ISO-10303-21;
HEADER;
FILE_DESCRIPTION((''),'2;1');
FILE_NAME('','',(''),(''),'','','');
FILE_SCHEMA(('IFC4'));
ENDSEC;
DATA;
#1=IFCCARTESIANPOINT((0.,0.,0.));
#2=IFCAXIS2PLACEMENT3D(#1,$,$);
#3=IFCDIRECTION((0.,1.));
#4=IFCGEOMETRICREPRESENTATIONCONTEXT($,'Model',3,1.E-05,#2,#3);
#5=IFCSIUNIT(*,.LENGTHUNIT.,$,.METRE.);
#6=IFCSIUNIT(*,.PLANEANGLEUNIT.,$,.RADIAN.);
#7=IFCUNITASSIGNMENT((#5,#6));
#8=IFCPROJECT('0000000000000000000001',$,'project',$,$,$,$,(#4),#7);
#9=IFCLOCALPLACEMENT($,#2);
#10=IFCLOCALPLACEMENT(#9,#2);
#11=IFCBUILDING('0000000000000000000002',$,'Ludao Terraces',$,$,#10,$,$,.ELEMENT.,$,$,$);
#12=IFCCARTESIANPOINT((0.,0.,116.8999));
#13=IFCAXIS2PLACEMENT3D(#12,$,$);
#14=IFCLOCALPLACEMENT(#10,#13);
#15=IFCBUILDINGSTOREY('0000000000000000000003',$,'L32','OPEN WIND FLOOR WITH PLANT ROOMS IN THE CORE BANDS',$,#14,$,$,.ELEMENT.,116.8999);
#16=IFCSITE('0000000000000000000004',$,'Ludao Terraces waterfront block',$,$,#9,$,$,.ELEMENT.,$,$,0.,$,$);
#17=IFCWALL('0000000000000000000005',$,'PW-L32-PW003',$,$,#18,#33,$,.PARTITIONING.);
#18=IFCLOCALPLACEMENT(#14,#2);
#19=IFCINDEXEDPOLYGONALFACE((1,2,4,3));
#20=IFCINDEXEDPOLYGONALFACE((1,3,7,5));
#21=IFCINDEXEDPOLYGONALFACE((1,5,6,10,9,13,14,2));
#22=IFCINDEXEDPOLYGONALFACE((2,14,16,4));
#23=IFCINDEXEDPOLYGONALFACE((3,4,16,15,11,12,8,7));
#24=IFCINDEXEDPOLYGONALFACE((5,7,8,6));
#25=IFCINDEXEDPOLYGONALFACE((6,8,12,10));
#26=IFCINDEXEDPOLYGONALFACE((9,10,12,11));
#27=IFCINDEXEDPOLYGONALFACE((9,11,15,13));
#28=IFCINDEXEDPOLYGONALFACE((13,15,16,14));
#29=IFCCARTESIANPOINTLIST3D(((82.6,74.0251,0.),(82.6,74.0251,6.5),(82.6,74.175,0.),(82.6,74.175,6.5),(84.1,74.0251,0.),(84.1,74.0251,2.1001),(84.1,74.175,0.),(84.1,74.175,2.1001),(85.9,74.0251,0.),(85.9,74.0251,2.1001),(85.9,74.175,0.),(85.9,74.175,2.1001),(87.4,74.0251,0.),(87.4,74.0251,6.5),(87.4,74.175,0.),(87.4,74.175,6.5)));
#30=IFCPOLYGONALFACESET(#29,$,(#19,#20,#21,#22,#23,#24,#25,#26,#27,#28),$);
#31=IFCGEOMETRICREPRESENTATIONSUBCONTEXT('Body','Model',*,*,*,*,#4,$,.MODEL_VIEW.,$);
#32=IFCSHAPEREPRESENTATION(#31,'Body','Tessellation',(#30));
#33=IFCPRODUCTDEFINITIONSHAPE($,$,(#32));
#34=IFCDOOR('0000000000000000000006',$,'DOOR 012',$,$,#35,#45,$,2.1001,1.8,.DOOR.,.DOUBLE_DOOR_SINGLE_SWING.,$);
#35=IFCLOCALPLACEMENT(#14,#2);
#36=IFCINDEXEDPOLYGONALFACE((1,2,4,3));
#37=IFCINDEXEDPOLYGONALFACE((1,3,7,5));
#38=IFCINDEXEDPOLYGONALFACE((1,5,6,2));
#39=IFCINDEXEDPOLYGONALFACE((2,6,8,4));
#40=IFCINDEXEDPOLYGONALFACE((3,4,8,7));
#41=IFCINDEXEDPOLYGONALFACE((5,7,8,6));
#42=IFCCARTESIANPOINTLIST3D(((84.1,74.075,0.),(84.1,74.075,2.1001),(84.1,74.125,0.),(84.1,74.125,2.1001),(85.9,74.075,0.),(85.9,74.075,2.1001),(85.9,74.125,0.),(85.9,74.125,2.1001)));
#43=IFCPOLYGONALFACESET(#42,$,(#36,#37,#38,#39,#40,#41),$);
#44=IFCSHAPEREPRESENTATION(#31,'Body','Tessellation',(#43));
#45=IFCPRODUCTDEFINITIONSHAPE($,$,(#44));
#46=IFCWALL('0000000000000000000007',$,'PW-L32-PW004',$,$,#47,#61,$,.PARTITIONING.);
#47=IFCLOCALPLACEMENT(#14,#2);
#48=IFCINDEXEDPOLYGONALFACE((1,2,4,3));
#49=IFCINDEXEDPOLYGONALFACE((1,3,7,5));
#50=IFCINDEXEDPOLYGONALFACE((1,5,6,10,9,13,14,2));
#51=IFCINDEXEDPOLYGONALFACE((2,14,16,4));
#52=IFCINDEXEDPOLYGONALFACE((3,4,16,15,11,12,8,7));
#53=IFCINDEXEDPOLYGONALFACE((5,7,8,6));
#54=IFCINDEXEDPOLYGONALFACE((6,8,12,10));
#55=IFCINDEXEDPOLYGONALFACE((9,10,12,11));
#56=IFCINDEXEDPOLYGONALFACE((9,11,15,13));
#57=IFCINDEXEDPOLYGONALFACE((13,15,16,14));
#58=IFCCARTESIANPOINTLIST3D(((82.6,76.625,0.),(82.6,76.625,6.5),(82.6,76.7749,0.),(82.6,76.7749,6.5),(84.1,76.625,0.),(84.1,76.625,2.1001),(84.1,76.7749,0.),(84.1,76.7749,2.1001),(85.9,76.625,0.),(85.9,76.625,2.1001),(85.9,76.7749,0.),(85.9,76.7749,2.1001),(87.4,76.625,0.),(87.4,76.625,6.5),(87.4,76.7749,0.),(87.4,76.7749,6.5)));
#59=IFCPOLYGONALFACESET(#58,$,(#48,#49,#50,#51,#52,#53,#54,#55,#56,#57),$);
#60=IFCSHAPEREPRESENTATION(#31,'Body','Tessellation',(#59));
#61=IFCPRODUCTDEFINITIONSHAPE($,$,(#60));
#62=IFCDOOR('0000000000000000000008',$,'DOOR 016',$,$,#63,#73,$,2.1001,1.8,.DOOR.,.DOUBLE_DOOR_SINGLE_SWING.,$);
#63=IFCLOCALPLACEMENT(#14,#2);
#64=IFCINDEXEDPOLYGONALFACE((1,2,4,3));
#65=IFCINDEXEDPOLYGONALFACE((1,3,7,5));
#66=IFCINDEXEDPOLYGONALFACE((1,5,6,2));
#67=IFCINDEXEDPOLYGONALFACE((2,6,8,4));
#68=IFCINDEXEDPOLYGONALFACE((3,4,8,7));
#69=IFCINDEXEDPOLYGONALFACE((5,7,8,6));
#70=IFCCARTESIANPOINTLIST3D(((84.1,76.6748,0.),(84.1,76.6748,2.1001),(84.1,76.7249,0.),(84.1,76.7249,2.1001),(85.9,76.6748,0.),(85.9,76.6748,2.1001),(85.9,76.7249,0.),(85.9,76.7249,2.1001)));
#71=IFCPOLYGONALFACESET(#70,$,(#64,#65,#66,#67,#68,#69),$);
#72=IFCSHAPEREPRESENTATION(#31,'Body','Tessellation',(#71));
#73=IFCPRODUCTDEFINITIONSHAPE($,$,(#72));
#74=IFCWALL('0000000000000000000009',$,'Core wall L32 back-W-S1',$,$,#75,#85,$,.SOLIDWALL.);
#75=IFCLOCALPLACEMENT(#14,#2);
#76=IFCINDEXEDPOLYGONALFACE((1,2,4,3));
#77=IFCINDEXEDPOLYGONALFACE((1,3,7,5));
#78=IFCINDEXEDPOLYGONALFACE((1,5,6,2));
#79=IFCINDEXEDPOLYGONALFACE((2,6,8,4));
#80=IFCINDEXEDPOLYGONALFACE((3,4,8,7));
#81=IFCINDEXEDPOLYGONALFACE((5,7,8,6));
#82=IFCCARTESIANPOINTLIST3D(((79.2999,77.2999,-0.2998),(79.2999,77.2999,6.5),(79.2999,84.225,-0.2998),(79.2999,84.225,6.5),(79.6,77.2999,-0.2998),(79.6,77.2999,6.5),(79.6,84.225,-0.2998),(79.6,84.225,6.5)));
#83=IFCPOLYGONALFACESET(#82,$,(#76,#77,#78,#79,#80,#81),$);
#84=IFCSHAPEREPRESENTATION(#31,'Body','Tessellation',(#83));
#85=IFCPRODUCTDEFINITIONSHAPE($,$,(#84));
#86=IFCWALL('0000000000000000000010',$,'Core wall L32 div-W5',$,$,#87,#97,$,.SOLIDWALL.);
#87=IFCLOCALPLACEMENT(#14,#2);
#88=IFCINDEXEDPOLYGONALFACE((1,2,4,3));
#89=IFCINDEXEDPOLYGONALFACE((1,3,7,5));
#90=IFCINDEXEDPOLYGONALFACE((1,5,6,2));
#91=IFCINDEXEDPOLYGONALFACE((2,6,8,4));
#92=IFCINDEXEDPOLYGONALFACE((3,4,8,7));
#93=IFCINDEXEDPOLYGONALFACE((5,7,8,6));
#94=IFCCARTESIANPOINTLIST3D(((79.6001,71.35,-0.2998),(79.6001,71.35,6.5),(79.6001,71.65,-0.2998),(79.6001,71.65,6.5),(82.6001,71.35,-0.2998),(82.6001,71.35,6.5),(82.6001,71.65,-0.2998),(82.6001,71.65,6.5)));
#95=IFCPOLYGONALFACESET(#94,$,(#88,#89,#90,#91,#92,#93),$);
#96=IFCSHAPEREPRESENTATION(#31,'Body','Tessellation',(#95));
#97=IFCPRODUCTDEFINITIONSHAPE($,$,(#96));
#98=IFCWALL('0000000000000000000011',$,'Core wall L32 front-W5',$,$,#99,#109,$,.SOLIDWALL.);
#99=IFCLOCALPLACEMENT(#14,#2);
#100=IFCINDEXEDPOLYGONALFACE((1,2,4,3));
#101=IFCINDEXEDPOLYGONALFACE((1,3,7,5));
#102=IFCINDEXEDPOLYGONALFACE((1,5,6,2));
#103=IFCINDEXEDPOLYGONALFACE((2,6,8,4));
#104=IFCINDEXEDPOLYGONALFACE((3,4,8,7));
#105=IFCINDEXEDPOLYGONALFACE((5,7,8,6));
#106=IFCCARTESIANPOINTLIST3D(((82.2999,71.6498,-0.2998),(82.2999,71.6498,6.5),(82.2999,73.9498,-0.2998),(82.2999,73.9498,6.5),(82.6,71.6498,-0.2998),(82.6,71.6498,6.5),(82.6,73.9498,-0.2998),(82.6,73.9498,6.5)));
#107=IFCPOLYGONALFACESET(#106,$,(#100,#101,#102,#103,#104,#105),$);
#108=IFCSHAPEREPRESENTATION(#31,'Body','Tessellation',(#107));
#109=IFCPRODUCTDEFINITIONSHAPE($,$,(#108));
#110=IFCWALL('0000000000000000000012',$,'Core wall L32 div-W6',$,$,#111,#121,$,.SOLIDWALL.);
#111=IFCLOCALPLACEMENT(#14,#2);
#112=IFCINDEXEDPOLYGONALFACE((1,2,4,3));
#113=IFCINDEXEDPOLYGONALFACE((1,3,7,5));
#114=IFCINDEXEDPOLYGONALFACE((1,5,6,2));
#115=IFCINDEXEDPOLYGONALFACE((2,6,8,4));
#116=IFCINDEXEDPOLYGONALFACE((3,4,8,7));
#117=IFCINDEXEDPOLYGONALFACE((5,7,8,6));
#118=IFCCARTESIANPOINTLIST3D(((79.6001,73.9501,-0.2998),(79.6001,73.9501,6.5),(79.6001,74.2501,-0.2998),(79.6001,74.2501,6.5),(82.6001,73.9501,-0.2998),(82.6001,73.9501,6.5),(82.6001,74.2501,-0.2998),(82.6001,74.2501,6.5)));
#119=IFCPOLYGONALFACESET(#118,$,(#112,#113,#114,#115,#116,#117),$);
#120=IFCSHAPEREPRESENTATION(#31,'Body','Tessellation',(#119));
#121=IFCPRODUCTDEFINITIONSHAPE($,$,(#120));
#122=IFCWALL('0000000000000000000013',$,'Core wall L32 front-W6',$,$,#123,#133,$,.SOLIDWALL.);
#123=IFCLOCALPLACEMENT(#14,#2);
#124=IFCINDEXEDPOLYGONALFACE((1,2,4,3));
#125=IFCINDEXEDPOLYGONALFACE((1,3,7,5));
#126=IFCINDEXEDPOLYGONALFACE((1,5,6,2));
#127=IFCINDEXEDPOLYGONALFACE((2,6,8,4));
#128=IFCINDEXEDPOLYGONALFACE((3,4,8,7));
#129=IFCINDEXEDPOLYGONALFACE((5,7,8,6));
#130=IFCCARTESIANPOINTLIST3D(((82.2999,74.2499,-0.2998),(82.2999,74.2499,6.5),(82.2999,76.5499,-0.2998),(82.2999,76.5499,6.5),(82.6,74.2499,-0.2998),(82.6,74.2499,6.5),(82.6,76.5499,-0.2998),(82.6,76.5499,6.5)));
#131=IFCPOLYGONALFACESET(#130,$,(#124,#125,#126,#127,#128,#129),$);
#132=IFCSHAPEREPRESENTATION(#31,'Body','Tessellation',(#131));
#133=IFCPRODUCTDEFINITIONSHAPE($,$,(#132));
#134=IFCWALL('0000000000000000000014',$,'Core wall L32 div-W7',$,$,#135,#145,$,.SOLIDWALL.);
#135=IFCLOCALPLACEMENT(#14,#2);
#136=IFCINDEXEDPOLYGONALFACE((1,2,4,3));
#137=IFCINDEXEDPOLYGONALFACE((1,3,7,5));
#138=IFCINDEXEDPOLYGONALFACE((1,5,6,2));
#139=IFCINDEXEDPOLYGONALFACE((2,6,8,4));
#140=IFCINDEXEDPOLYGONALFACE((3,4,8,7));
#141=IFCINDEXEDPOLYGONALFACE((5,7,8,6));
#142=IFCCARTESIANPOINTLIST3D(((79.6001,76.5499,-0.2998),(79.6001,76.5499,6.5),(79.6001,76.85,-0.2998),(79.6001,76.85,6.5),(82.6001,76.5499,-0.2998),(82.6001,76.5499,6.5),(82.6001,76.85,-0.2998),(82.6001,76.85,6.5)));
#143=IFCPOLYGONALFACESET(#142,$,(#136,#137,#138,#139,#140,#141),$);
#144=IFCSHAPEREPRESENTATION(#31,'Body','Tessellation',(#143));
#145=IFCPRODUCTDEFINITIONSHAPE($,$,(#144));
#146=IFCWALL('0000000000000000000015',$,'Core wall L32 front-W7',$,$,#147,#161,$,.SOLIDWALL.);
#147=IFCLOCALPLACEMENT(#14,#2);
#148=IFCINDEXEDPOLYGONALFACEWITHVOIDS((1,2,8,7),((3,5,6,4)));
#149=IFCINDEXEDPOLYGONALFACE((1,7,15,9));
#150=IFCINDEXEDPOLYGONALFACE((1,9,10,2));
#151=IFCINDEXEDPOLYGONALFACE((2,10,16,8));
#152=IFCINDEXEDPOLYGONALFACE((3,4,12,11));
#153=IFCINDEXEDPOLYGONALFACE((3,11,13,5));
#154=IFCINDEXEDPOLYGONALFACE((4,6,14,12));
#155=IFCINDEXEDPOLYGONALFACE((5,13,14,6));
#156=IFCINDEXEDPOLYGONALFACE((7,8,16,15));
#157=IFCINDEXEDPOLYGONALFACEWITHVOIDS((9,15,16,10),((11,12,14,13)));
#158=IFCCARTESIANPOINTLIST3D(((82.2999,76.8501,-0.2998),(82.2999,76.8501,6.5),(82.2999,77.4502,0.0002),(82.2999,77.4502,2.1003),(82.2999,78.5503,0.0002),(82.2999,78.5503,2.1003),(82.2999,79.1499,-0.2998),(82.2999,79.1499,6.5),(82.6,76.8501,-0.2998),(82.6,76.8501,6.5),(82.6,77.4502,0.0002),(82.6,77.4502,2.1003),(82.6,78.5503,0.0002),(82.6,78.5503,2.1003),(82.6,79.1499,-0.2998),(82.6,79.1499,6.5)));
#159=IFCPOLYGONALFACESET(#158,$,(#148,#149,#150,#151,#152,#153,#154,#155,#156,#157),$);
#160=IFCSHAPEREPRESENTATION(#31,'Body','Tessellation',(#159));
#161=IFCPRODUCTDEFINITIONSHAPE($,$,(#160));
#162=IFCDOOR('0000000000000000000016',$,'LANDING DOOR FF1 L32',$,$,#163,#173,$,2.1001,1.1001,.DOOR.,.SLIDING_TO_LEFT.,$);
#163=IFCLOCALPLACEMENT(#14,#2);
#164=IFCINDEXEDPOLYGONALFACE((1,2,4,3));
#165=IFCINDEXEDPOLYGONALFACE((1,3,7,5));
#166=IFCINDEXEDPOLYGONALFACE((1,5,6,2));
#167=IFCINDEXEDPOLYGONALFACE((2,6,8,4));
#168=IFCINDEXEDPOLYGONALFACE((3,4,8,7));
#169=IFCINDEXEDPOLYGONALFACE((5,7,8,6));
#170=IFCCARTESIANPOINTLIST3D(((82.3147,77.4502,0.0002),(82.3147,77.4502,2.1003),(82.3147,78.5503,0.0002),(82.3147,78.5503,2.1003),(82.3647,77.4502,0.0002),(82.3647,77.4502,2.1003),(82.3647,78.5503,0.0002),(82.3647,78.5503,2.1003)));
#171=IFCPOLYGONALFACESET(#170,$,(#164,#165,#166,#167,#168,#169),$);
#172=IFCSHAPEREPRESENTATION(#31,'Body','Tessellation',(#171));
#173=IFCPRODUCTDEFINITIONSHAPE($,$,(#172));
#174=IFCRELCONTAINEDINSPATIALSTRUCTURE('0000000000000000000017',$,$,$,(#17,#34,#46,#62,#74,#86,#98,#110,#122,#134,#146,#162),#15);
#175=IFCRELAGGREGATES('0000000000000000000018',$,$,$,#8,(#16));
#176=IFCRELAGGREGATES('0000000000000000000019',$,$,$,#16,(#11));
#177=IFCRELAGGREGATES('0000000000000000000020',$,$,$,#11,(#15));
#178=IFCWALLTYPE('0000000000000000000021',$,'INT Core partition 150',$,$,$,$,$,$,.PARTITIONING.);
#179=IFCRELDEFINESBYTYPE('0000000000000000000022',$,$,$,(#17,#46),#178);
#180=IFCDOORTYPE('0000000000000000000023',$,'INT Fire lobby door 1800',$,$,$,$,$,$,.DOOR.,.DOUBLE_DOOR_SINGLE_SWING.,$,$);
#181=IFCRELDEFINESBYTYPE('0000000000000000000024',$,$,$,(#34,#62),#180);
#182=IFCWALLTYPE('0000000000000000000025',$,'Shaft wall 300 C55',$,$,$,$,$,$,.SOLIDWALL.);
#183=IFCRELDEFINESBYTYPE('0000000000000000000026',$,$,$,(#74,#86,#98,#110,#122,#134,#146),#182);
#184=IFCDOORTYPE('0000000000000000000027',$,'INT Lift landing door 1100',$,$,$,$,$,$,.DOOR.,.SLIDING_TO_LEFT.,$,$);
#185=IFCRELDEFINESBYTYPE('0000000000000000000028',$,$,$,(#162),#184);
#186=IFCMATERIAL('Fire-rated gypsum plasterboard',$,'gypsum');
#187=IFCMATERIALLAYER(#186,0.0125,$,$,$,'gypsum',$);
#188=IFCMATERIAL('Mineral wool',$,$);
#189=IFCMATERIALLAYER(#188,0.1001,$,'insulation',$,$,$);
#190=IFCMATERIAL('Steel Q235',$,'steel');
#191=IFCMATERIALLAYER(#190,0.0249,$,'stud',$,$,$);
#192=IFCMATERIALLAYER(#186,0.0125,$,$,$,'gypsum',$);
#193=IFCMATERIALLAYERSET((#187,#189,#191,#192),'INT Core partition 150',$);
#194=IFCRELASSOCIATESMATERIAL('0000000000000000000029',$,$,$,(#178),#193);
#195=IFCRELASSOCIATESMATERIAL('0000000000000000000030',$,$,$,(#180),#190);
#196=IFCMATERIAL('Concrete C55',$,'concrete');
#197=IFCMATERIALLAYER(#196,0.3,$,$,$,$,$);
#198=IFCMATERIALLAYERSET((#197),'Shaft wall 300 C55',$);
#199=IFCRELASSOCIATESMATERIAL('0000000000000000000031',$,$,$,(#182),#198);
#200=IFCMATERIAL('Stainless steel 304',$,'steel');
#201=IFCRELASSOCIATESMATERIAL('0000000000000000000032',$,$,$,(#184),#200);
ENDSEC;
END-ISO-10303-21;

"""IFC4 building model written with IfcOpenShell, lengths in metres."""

from ifc_helpers import new_model, si_unit, direction, frame, frame_2d, origin, place, context, subcontext, project, spatial, rectangle, extrude, material, layer, layer_set, type_object, element, fill, save


model = new_model("IFC4")

# Units and contexts
model_context = context("Model", 3, precision=1e-05, world=origin(), true_north=direction((0.0, 1.0)))
body_context = subcontext(model_context, "Body", "Model", "MODEL_VIEW")
ifc_project = project(units=[si_unit("LENGTHUNIT", "METRE"), si_unit("PLANEANGLEUNIT", "RADIAN")], contexts=[model_context])

# Site, building, storey
site_placement = place(None, origin())
site = spatial("IfcSite", under=ifc_project, at=site_placement, Name="Ludao Terraces waterfront block", CompositionType="ELEMENT", RefElevation=0.0)
building_placement = place(site_placement, origin())
building = spatial("IfcBuilding", under=site, at=building_placement, Name="Ludao Terraces", CompositionType="ELEMENT")
storey_placement = place(building_placement, frame((0.0, 0.0, 116.8999)))
storey = spatial("IfcBuildingStorey", under=building, at=storey_placement, Name="L32", Description="OPEN WIND FLOOR WITH PLANT ROOMS IN THE CORE BANDS", CompositionType="ELEMENT", Elevation=116.8999)

# Walls, openings, doors
ifc_material_1 = material(Name="Fire-rated gypsum plasterboard", Category="gypsum")
ifc_layer_1 = layer(ifc_material_1, 0.0125, Category="gypsum")
ifc_material_2 = material(Name="Mineral wool")
ifc_layer_2 = layer(ifc_material_2, 0.1001, Name="insulation")
ifc_material_3 = material(Name="Steel Q235", Category="steel")
ifc_layer_3 = layer(ifc_material_3, 0.0249, Name="stud")
ifc_layer_4 = layer(ifc_material_1, 0.0125, Category="gypsum")
ifc_layer_set_1 = layer_set([ifc_layer_1, ifc_layer_2, ifc_layer_3, ifc_layer_4], Name="INT Core partition 150")
wall_type_1 = type_object("IfcWallType", Name="INT Core partition 150", PredefinedType="PARTITIONING", material=ifc_layer_set_1)
wall_1_placement = place(storey_placement, frame((82.6001, 74.1001, 0.0), z_axis=(0.0, 0.0, 1.0), x_axis=(1.0, 0.0, 0.0)))
wall_1 = element("IfcWall", 1, at=wall_1_placement, inside=storey, type_object=wall_type_1, Name="PW-L32-PW003", PredefinedType="PARTITIONING", context=body_context, shape_type="SweptSolid", body=[
    extrude(rectangle(XDim=4.8, YDim=0.1499, at=frame_2d((2.3999, 0.0))), origin(), (0.0, 0.0, 1.0), 6.5),
])
opening_1_placement = place(wall_1_placement, frame((1.5, 0.0, 0.0)))
opening_1 = element("IfcOpeningElement", 2, at=opening_1_placement, cuts=wall_1, PredefinedType="OPENING", context=body_context, shape_type="SweptSolid", body=[
    extrude(rectangle(XDim=1.8, YDim=2.1001, at=frame_2d((0.8999, 1.05))), frame((0.0, 0.085, 0.0), z_axis=(0.0, -1.0, 0.0), x_axis=(1.0, 0.0, 0.0)), (0.0, 0.0, 1.0), 0.1699),
])
door_type_1 = type_object("IfcDoorType", Name="INT Fire lobby door 1800", OperationType="DOUBLE_DOOR_SINGLE_SWING", PredefinedType="DOOR", material=ifc_material_3)
door_1_placement = place(opening_1_placement, origin())
door_1 = element("IfcDoor", 3, at=door_1_placement, inside=storey, type_object=door_type_1, Name="DOOR 012", OperationType="DOUBLE_DOOR_SINGLE_SWING", OverallHeight=2.1001, OverallWidth=1.8, PredefinedType="DOOR", context=body_context, shape_type="SweptSolid", body=[
    extrude(rectangle(XDim=1.8, YDim=2.1001, at=frame_2d((0.8999, 1.05))), frame((0.0, 0.0249, 0.0), z_axis=(0.0, -1.0, 0.0), x_axis=(1.0, 0.0, 0.0)), (0.0, 0.0, 1.0), 0.05),
])
fill(opening_1, door_1)
wall_2_placement = place(storey_placement, frame((82.6001, 76.7, 0.0), z_axis=(0.0, 0.0, 1.0), x_axis=(1.0, 0.0, 0.0)))
wall_2 = element("IfcWall", 4, at=wall_2_placement, inside=storey, type_object=wall_type_1, Name="PW-L32-PW004", PredefinedType="PARTITIONING", context=body_context, shape_type="SweptSolid", body=[
    extrude(rectangle(XDim=4.8, YDim=0.1499, at=frame_2d((2.3999, 0.0))), origin(), (0.0, 0.0, 1.0), 6.5),
])
opening_2_placement = place(wall_2_placement, frame((1.5, 0.0, 0.0)))
opening_2 = element("IfcOpeningElement", 5, at=opening_2_placement, cuts=wall_2, PredefinedType="OPENING", context=body_context, shape_type="SweptSolid", body=[
    extrude(rectangle(XDim=1.8, YDim=2.1001, at=frame_2d((0.8999, 1.05))), frame((0.0, 0.085, 0.0), z_axis=(0.0, -1.0, 0.0), x_axis=(1.0, 0.0, 0.0)), (0.0, 0.0, 1.0), 0.1699),
])
door_2_placement = place(opening_2_placement, origin())
door_2 = element("IfcDoor", 6, at=door_2_placement, inside=storey, type_object=door_type_1, Name="DOOR 016", OperationType="DOUBLE_DOOR_SINGLE_SWING", OverallHeight=2.1001, OverallWidth=1.8, PredefinedType="DOOR", context=body_context, shape_type="SweptSolid", body=[
    extrude(rectangle(XDim=1.8, YDim=2.1001, at=frame_2d((0.8999, 1.05))), frame((0.0, 0.0249, 0.0), z_axis=(0.0, -1.0, 0.0), x_axis=(1.0, 0.0, 0.0)), (0.0, 0.0, 1.0), 0.05),
])
fill(opening_2, door_2)

# Walls
ifc_material_4 = material(Name="Concrete C55", Category="concrete")
ifc_layer_5 = layer(ifc_material_4, 0.3)
ifc_layer_set_2 = layer_set([ifc_layer_5], Name="Shaft wall 300 C55")
wall_type_2 = type_object("IfcWallType", Name="Shaft wall 300 C55", PredefinedType="SOLIDWALL", material=ifc_layer_set_2)
wall_3_placement = place(storey_placement, frame((79.45, 77.3, -0.2998), z_axis=(0.0, 0.0, 1.0), x_axis=(0.0, 1.0, 0.0)))
element("IfcWall", 7, at=wall_3_placement, inside=storey, type_object=wall_type_2, Name="Core wall L32 back-W-S1", PredefinedType="SOLIDWALL", context=body_context, shape_type="SweptSolid", body=[
    extrude(rectangle(XDim=6.925, YDim=0.3, at=frame_2d((3.4624, 0.0))), origin(), (0.0, 0.0, 1.0), 6.7998),
])
wall_4_placement = place(storey_placement, frame((79.6001, 71.5, -0.2998), z_axis=(0.0, 0.0, 1.0), x_axis=(1.0, 0.0, 0.0)))
element("IfcWall", 8, at=wall_4_placement, inside=storey, type_object=wall_type_2, Name="Core wall L32 div-W5", PredefinedType="SOLIDWALL", context=body_context, shape_type="SweptSolid", body=[
    extrude(rectangle(XDim=3.0, YDim=0.3, at=frame_2d((1.5, 0.0))), origin(), (0.0, 0.0, 1.0), 6.7998),
])
wall_5_placement = place(storey_placement, frame((82.45, 71.6499, -0.2998), z_axis=(0.0, 0.0, 1.0), x_axis=(0.0, 1.0, 0.0)))
element("IfcWall", 9, at=wall_5_placement, inside=storey, type_object=wall_type_2, Name="Core wall L32 front-W5", PredefinedType="SOLIDWALL", context=body_context, shape_type="SweptSolid", body=[
    extrude(rectangle(XDim=2.3, YDim=0.3, at=frame_2d((1.1499, 0.0))), origin(), (0.0, 0.0, 1.0), 6.7998),
])
wall_6_placement = place(storey_placement, frame((79.6001, 74.1001, -0.2998), z_axis=(0.0, 0.0, 1.0), x_axis=(1.0, 0.0, 0.0)))
element("IfcWall", 10, at=wall_6_placement, inside=storey, type_object=wall_type_2, Name="Core wall L32 div-W6", PredefinedType="SOLIDWALL", context=body_context, shape_type="SweptSolid", body=[
    extrude(rectangle(XDim=3.0, YDim=0.3, at=frame_2d((1.5, 0.0))), origin(), (0.0, 0.0, 1.0), 6.7998),
])
wall_7_placement = place(storey_placement, frame((82.45, 74.25, -0.2998), z_axis=(0.0, 0.0, 1.0), x_axis=(0.0, 1.0, 0.0)))
element("IfcWall", 11, at=wall_7_placement, inside=storey, type_object=wall_type_2, Name="Core wall L32 front-W6", PredefinedType="SOLIDWALL", context=body_context, shape_type="SweptSolid", body=[
    extrude(rectangle(XDim=2.3, YDim=0.3, at=frame_2d((1.1499, 0.0))), origin(), (0.0, 0.0, 1.0), 6.7998),
])
wall_8_placement = place(storey_placement, frame((79.6001, 76.7, -0.2998), z_axis=(0.0, 0.0, 1.0), x_axis=(1.0, 0.0, 0.0)))
element("IfcWall", 12, at=wall_8_placement, inside=storey, type_object=wall_type_2, Name="Core wall L32 div-W7", PredefinedType="SOLIDWALL", context=body_context, shape_type="SweptSolid", body=[
    extrude(rectangle(XDim=3.0, YDim=0.3, at=frame_2d((1.5, 0.0))), origin(), (0.0, 0.0, 1.0), 6.7998),
])

# Wall, opening, door
wall_9_placement = place(storey_placement, frame((82.45, 76.8501, -0.2998), z_axis=(0.0, 0.0, 1.0), x_axis=(0.0, 1.0, 0.0)))
wall_9 = element("IfcWall", 13, at=wall_9_placement, inside=storey, type_object=wall_type_2, Name="Core wall L32 front-W7", PredefinedType="SOLIDWALL", context=body_context, shape_type="SweptSolid", body=[
    extrude(rectangle(XDim=2.2998, YDim=0.3, at=frame_2d((1.1499, 0.0))), origin(), (0.0, 0.0, 1.0), 6.7998),
])
opening_3_placement = place(wall_9_placement, frame((0.6001, 0.0, 0.3)))
opening_3 = element("IfcOpeningElement", 14, at=opening_3_placement, cuts=wall_9, PredefinedType="OPENING", context=body_context, shape_type="SweptSolid", body=[
    extrude(rectangle(XDim=1.1001, YDim=2.1001, at=frame_2d((0.55, 1.05))), frame((0.0, 0.1602, 0.0), z_axis=(0.0, -1.0, 0.0), x_axis=(1.0, 0.0, 0.0)), (0.0, 0.0, 1.0), 0.3201),
])
ifc_material_5 = material(Name="Stainless steel 304", Category="steel")
door_type_2 = type_object("IfcDoorType", Name="INT Lift landing door 1100", OperationType="SLIDING_TO_LEFT", PredefinedType="DOOR", material=ifc_material_5)
door_3_placement = place(opening_3_placement, origin())
door_3 = element("IfcDoor", 15, at=door_3_placement, inside=storey, type_object=door_type_2, Name="LANDING DOOR FF1 L32", OperationType="SLIDING_TO_LEFT", OverallHeight=2.1001, OverallWidth=1.1001, PredefinedType="DOOR", context=body_context, shape_type="SweptSolid", body=[
    extrude(rectangle(XDim=1.1001, YDim=2.1001, at=frame_2d((0.55, 1.05))), frame((0.0, 0.1353, 0.0), z_axis=(0.0, -1.0, 0.0), x_axis=(1.0, 0.0, 0.0)), (0.0, 0.0, 1.0), 0.05),
])
fill(opening_3, door_3)

save(model, "model.ifc")
